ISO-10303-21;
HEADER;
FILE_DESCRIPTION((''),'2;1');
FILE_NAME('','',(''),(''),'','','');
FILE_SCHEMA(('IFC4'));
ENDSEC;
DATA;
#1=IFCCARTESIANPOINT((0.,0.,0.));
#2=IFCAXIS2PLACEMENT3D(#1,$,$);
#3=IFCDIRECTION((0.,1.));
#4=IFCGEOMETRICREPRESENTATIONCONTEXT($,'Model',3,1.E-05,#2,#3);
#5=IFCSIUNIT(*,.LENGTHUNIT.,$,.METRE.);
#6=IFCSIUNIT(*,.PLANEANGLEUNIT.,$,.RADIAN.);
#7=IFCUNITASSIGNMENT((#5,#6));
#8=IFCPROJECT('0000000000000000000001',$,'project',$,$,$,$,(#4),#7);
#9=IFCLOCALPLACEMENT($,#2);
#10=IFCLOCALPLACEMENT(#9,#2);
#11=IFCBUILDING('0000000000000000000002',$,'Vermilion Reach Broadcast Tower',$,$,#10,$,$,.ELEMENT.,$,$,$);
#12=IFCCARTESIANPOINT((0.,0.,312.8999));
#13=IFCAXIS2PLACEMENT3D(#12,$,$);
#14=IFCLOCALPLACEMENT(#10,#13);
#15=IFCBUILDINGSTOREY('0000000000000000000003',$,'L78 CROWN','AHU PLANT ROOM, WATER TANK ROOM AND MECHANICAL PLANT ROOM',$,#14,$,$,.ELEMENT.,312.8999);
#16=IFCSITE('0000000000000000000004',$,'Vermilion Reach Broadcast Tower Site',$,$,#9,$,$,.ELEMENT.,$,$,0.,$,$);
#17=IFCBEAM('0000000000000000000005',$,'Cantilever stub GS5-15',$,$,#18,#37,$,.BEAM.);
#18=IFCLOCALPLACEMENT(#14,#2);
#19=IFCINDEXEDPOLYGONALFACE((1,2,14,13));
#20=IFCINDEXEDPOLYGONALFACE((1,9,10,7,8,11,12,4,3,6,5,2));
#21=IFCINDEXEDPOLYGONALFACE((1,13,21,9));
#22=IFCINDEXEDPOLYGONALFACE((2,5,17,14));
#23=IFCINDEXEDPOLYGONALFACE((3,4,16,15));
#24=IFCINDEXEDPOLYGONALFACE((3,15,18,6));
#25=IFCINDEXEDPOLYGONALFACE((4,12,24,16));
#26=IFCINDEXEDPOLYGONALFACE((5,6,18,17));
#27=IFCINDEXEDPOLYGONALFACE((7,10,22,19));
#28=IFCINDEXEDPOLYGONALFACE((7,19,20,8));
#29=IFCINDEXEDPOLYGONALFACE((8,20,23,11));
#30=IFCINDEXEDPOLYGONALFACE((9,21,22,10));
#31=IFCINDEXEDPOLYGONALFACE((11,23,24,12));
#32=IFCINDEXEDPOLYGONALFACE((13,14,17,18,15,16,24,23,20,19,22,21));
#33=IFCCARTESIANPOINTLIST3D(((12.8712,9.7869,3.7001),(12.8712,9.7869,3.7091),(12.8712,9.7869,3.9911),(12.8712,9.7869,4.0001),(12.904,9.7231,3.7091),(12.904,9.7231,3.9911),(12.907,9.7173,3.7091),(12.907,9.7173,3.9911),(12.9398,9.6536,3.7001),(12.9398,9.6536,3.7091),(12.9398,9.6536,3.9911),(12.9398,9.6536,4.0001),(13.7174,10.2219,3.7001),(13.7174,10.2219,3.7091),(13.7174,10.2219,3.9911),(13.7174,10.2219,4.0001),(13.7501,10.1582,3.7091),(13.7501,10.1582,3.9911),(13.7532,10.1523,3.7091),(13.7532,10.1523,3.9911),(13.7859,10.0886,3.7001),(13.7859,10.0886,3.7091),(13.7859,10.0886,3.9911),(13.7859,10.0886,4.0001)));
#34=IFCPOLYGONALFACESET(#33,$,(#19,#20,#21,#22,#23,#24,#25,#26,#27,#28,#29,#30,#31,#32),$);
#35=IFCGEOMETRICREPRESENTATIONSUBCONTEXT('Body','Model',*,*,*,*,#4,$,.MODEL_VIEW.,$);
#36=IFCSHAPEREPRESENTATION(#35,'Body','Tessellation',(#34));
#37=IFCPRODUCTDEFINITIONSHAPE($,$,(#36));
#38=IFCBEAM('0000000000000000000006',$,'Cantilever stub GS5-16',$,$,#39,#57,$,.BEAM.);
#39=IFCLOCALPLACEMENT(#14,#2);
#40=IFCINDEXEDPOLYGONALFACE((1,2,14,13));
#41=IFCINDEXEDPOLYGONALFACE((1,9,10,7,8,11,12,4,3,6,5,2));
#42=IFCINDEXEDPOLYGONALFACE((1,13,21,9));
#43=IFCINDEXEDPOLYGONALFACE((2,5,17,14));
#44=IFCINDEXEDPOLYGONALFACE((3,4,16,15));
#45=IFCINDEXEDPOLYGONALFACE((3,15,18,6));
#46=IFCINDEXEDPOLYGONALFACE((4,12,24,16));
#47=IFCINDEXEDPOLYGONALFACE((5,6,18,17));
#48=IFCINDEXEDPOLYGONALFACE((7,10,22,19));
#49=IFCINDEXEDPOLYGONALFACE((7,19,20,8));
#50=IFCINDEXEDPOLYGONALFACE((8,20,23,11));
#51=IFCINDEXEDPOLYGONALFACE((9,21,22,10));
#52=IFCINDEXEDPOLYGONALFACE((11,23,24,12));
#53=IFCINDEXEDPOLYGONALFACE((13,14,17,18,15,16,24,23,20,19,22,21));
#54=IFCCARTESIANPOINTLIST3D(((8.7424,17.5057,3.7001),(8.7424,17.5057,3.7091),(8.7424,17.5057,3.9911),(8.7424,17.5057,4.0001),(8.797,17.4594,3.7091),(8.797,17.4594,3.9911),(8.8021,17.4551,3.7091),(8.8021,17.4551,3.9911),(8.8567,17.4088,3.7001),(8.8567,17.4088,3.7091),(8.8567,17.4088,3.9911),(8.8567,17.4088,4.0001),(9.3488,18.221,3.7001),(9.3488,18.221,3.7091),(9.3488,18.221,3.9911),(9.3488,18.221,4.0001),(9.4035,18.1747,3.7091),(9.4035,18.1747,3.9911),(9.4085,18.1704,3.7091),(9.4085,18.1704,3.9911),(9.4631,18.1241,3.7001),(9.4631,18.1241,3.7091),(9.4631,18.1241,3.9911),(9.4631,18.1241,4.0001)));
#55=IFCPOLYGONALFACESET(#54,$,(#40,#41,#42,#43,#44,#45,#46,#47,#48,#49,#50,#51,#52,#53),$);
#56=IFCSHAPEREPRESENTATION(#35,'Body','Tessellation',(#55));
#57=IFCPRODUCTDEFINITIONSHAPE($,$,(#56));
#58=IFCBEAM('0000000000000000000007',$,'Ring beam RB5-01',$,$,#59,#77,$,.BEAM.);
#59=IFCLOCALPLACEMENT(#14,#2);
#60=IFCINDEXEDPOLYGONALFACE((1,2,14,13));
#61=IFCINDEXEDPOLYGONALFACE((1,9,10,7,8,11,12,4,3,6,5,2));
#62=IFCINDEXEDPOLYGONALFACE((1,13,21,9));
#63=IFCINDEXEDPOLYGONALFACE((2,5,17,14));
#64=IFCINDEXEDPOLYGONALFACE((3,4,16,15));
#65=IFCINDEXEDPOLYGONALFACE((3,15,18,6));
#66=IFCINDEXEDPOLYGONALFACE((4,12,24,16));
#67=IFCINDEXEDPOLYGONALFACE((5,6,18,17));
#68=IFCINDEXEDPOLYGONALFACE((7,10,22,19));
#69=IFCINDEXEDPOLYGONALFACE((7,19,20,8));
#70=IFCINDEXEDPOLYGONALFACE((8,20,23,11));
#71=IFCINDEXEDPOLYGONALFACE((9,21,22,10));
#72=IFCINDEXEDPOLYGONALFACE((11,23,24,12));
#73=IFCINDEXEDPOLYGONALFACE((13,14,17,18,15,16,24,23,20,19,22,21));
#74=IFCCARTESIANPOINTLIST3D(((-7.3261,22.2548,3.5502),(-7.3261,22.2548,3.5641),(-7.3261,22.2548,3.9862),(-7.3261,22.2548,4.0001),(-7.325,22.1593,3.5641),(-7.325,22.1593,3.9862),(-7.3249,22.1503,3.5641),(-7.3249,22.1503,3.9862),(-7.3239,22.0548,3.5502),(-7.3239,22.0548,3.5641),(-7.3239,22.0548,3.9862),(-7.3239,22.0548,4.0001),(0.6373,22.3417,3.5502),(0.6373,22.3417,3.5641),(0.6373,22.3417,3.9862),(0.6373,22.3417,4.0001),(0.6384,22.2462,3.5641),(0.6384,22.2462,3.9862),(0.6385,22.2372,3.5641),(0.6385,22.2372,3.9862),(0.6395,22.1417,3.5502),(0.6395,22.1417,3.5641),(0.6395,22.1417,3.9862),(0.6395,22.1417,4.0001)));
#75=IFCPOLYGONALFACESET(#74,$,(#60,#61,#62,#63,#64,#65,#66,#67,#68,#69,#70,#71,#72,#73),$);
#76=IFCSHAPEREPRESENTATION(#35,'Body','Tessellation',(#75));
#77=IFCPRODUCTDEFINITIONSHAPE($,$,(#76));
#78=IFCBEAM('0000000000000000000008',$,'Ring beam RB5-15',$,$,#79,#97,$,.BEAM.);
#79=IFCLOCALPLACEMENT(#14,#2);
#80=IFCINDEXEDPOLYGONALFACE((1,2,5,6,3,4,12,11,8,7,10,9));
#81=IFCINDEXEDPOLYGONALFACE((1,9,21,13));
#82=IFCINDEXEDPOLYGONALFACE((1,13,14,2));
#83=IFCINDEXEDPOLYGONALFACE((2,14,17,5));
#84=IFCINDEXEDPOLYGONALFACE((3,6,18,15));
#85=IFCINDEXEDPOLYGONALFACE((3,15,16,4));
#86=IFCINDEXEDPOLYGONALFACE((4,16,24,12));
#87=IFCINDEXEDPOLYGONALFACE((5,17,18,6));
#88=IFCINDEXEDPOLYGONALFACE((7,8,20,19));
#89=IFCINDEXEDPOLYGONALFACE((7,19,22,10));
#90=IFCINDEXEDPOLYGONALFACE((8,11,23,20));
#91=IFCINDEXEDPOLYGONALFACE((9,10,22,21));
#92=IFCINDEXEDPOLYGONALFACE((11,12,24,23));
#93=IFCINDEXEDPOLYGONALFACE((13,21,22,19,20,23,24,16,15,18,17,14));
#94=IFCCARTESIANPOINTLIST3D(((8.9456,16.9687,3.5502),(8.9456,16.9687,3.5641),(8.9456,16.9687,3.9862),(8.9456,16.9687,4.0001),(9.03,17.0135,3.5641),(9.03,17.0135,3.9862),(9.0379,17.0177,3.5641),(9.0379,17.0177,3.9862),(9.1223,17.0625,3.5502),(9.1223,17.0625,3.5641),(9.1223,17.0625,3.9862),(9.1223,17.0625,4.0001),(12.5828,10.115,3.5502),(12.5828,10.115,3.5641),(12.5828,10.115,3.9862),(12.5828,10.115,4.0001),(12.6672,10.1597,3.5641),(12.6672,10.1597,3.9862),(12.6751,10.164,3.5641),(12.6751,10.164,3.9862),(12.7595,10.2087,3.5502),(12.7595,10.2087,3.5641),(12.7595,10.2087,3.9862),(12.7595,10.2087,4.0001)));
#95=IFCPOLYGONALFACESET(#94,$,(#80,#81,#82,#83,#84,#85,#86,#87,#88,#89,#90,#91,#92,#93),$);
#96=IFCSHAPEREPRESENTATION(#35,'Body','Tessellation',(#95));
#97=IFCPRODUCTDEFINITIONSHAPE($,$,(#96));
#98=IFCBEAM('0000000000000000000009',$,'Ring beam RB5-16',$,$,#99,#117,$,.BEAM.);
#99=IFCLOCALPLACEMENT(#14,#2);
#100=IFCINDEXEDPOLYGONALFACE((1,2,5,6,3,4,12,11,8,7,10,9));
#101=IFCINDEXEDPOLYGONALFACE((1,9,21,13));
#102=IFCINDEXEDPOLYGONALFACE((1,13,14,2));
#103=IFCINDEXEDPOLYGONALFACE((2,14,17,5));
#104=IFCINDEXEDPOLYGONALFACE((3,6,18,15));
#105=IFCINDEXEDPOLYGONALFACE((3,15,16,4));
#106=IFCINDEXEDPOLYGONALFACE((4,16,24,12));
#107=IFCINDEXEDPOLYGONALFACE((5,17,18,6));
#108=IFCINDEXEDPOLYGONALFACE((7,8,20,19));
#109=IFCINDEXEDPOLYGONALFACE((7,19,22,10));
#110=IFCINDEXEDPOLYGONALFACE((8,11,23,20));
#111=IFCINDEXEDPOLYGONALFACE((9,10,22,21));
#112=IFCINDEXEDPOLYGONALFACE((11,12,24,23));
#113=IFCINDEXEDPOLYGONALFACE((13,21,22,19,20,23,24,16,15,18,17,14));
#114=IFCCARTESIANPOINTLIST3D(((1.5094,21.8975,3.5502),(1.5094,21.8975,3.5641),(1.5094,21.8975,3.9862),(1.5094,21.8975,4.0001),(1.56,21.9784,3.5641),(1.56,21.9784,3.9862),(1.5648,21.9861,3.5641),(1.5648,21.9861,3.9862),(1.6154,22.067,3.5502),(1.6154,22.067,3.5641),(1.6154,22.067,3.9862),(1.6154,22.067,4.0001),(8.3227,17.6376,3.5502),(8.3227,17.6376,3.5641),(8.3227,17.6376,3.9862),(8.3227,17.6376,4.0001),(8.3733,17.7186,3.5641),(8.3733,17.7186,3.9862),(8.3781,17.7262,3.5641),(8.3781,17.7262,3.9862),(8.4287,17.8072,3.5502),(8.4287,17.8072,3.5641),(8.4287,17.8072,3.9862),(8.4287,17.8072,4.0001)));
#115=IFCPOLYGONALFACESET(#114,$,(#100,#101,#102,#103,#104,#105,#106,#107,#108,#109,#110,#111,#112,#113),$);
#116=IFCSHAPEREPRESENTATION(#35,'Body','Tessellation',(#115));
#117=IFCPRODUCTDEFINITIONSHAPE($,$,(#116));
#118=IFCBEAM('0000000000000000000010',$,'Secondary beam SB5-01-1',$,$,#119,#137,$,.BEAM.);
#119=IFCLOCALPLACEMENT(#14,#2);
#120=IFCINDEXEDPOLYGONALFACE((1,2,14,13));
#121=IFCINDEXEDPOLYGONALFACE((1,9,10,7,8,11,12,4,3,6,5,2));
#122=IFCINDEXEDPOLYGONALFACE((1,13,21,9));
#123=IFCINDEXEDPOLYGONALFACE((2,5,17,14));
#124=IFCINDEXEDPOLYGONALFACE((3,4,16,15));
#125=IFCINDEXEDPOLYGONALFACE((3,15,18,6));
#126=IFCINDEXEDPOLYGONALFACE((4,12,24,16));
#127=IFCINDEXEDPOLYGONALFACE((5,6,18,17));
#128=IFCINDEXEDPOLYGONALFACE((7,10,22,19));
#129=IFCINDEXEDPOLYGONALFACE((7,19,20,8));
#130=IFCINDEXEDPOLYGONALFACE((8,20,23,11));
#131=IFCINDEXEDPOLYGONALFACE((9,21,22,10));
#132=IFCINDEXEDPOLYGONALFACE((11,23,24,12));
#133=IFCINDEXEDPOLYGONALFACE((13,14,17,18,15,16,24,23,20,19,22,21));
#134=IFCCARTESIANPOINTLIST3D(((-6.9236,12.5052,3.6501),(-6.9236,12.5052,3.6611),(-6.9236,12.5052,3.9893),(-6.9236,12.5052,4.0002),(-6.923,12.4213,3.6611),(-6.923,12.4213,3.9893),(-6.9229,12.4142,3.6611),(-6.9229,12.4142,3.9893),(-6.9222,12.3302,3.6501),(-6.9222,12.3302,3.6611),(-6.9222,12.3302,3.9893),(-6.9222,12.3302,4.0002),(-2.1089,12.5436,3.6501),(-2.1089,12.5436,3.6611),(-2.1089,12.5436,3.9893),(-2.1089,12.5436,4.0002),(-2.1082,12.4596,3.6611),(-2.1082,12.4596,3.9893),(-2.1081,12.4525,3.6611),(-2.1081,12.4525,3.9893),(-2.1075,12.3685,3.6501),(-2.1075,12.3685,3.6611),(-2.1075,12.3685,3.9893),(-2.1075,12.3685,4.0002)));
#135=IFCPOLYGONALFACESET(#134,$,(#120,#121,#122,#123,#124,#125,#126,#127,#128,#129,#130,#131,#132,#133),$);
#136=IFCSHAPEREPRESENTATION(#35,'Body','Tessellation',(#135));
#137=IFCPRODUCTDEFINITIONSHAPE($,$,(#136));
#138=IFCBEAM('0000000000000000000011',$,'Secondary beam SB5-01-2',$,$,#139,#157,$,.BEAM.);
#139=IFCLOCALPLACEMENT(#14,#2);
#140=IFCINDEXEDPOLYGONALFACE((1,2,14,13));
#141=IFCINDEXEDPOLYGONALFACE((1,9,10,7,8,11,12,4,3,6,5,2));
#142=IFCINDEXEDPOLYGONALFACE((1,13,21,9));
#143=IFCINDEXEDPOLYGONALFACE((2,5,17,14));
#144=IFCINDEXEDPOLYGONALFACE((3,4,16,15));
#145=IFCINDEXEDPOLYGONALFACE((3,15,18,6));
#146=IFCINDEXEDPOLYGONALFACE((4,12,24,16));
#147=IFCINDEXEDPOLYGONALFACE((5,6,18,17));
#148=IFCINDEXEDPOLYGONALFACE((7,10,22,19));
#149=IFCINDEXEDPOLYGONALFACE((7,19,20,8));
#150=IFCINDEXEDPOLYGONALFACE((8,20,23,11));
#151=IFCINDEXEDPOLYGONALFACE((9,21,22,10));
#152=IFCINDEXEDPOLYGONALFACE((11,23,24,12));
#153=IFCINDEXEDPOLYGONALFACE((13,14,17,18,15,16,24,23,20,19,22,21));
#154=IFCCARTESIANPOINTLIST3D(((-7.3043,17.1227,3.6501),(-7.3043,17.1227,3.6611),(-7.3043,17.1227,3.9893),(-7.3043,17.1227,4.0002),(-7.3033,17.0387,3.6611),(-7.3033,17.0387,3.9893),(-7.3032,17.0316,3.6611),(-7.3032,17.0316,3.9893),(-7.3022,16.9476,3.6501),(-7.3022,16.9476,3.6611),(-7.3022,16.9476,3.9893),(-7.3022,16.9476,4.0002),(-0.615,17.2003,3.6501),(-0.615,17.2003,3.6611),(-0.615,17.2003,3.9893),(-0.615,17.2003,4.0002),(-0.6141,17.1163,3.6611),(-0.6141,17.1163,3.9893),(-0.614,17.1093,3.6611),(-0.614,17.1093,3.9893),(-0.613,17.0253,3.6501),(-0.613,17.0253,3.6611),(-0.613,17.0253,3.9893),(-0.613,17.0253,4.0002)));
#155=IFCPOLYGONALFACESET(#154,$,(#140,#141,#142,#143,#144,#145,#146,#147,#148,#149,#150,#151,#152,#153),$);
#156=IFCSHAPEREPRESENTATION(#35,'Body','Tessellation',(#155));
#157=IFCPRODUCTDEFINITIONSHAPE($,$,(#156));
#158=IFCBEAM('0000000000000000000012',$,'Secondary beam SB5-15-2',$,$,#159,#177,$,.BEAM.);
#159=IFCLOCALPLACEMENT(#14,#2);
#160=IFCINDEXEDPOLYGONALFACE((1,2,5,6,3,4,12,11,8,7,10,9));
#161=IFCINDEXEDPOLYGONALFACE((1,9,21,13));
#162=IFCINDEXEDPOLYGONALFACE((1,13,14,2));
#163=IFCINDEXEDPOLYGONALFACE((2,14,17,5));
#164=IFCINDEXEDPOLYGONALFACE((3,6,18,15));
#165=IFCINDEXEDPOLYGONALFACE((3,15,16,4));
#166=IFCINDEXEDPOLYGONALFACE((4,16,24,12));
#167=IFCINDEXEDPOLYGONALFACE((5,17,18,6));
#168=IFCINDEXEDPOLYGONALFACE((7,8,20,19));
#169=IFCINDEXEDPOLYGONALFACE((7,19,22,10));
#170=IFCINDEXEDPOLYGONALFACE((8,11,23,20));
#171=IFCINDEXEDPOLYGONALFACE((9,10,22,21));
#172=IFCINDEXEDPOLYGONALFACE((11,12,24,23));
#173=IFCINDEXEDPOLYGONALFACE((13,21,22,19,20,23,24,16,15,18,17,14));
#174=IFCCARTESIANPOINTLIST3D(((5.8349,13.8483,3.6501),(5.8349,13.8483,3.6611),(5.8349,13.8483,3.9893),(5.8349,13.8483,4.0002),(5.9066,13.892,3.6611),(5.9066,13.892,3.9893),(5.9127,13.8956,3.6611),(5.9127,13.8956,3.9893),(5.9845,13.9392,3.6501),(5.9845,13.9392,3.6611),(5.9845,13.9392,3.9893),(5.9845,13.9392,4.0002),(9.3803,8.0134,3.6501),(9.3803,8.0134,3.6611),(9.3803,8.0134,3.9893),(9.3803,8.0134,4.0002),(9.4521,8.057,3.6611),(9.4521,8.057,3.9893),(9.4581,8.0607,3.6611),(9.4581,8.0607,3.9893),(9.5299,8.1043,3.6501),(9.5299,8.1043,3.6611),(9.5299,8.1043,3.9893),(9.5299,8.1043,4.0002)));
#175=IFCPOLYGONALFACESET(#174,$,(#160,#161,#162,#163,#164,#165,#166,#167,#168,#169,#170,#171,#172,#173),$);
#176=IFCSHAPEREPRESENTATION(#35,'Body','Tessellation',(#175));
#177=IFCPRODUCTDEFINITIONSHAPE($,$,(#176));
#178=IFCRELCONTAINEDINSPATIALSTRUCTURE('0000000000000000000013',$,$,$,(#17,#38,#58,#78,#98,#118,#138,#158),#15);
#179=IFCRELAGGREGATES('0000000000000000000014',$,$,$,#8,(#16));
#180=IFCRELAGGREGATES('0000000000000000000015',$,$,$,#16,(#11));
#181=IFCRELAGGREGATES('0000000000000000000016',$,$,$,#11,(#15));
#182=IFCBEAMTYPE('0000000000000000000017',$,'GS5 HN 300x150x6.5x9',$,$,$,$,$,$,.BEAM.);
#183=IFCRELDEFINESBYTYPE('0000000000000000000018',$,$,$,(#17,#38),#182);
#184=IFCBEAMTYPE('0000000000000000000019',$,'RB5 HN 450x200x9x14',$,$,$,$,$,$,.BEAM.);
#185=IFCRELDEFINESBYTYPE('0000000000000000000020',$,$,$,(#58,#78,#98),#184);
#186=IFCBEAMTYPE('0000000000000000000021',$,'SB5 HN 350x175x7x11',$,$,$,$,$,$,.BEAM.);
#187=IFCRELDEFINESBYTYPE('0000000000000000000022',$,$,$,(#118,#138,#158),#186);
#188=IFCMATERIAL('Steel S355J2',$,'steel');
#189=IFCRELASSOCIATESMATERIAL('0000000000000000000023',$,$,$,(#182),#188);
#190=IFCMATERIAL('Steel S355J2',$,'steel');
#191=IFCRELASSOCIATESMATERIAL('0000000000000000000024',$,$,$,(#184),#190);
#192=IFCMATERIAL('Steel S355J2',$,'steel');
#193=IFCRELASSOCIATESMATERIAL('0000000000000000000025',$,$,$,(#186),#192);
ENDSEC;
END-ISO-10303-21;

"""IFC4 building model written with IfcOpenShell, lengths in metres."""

from ifc_helpers import new_model, si_unit, direction, frame, origin, origin_2d, place, context, subcontext, project, spatial, i_section, extrude, material, material_profile, profile_set, type_object, element, save


model = new_model("IFC4")

# Units and contexts
model_context = context("Model", 3, precision=1e-05, world=origin(), true_north=direction((0.0, 1.0)))
body_context = subcontext(model_context, "Body", "Model", "MODEL_VIEW")
ifc_project = project(units=[si_unit("LENGTHUNIT", "METRE"), si_unit("PLANEANGLEUNIT", "RADIAN")], contexts=[model_context])

# Site, building, storey
site_placement = place(None, origin())
site = spatial("IfcSite", under=ifc_project, at=site_placement, Name="Vermilion Reach Broadcast Tower Site", CompositionType="ELEMENT", RefElevation=0.0)
building_placement = place(site_placement, origin())
building = spatial("IfcBuilding", under=site, at=building_placement, Name="Vermilion Reach Broadcast Tower", CompositionType="ELEMENT")
storey_placement = place(building_placement, frame((0.0, 0.0, 312.8999)))
storey = spatial("IfcBuildingStorey", under=building, at=storey_placement, Name="L78 CROWN", Description="AHU PLANT ROOM, WATER TANK ROOM AND MECHANICAL PLANT ROOM", CompositionType="ELEMENT", Elevation=312.8999)

# Beams
ifc_material_1 = material(Name="Steel S355J2", Category="steel")
ifc_material_profile_1 = material_profile(ifc_material_1, i_section(OverallWidth=0.1499, OverallDepth=0.3, WebThickness=0.0066, FlangeThickness=0.009, at=origin_2d()), Name="S355J2 HN 300x150x6.5x9")
ifc_profile_set_1 = profile_set([ifc_material_profile_1], Name="Steel S355J2")
beam_type_1 = type_object("IfcBeamType", Name="GS5 HN 300x150x6.5x9", PredefinedType="BEAM", material=ifc_profile_set_1)
beam_1_placement = place(storey_placement, frame((12.9055, 9.7202, 3.8501), z_axis=(0.889341, 0.457244, 0.0), x_axis=(-0.457244, 0.889341, 0.0)))
element("IfcBeam", 1, at=beam_1_placement, inside=storey, type_object=beam_type_1, Name="Cantilever stub GS5-15", PredefinedType="BEAM", context=body_context, shape_type="SweptSolid", body=[
    extrude(i_section(OverallWidth=0.1499, OverallDepth=0.3, WebThickness=0.0066, FlangeThickness=0.009, at=origin_2d()), origin(), (0.0, 0.0, 1.0), 0.9514),
])
beam_2_placement = place(storey_placement, frame((8.7996, 17.4573, 3.8501), z_axis=(0.646665, 0.762774, 0.0), x_axis=(-0.762774, 0.646665, 0.0)))
element("IfcBeam", 2, at=beam_2_placement, inside=storey, type_object=beam_type_1, Name="Cantilever stub GS5-16", PredefinedType="BEAM", context=body_context, shape_type="SweptSolid", body=[
    extrude(i_section(OverallWidth=0.1499, OverallDepth=0.3, WebThickness=0.0066, FlangeThickness=0.009, at=origin_2d()), origin(), (0.0, 0.0, 1.0), 0.9377),
])
ifc_material_2 = material(Name="Steel S355J2", Category="steel")
ifc_material_profile_2 = material_profile(ifc_material_2, i_section(OverallWidth=0.2, OverallDepth=0.45, WebThickness=0.009, FlangeThickness=0.0139, at=origin_2d()), Name="S355J2 HN 450x200x9x14")
ifc_profile_set_2 = profile_set([ifc_material_profile_2], Name="Steel S355J2")
beam_type_2 = type_object("IfcBeamType", Name="RB5 HN 450x200x9x14", PredefinedType="BEAM", material=ifc_profile_set_2)
beam_3_placement = place(storey_placement, frame((0.6384, 22.2417, 3.7751), z_axis=(-0.99994, -0.010914, 0.0), x_axis=(0.010914, -0.99994, 0.0)))
element("IfcBeam", 3, at=beam_3_placement, inside=storey, type_object=beam_type_2, Name="Ring beam RB5-01", PredefinedType="BEAM", context=body_context, shape_type="SweptSolid", body=[
    extrude(i_section(OverallWidth=0.2, OverallDepth=0.45, WebThickness=0.009, FlangeThickness=0.0139, at=origin_2d()), origin(), (0.0, 0.0, 1.0), 7.9639),
])
beam_4_placement = place(storey_placement, frame((12.6711, 10.1619, 3.7751), z_axis=(-0.468768, 0.883321, 0.0), x_axis=(-0.883321, -0.468768, 0.0)))
element("IfcBeam", 4, at=beam_4_placement, inside=storey, type_object=beam_type_2, Name="Ring beam RB5-15", PredefinedType="BEAM", context=body_context, shape_type="SweptSolid", body=[
    extrude(i_section(OverallWidth=0.2, OverallDepth=0.45, WebThickness=0.009, FlangeThickness=0.0139, at=origin_2d()), origin(), (0.0, 0.0, 1.0), 7.759),
])
beam_5_placement = place(storey_placement, frame((8.3757, 17.7224, 3.7751), z_axis=(-0.847915, 0.530133, 0.0), x_axis=(-0.530133, -0.847915, 0.0)))
element("IfcBeam", 5, at=beam_5_placement, inside=storey, type_object=beam_type_2, Name="Ring beam RB5-16", PredefinedType="BEAM", context=body_context, shape_type="SweptSolid", body=[
    extrude(i_section(OverallWidth=0.2, OverallDepth=0.45, WebThickness=0.009, FlangeThickness=0.0139, at=origin_2d()), origin(), (0.0, 0.0, 1.0), 8.0354),
])
ifc_material_3 = material(Name="Steel S355J2", Category="steel")
ifc_material_profile_3 = material_profile(ifc_material_3, i_section(OverallWidth=0.175, OverallDepth=0.3501, WebThickness=0.0071, FlangeThickness=0.011, at=origin_2d()), Name="S355J2 HN 350x175x7x11")
ifc_profile_set_3 = profile_set([ifc_material_profile_3], Name="Steel S355J2")
beam_type_3 = type_object("IfcBeamType", Name="SB5 HN 350x175x7x11", PredefinedType="BEAM", material=ifc_profile_set_3)
beam_6_placement = place(storey_placement, frame((-2.1082, 12.4561, 3.8252), z_axis=(-0.999968, -0.007961, 0.0), x_axis=(0.007961, -0.999968, 0.0)))
element("IfcBeam", 6, at=beam_6_placement, inside=storey, type_object=beam_type_3, Name="Secondary beam SB5-01-1", PredefinedType="BEAM", context=body_context, shape_type="SweptSolid", body=[
    extrude(i_section(OverallWidth=0.175, OverallDepth=0.3501, WebThickness=0.0071, FlangeThickness=0.011, at=origin_2d()), origin(), (0.0, 0.0, 1.0), 4.8149),
])
beam_7_placement = place(storey_placement, frame((-0.614, 17.1128, 3.8252), z_axis=(-0.999933, -0.011605, 0.0), x_axis=(0.011605, -0.999933, 0.0)))
element("IfcBeam", 7, at=beam_7_placement, inside=storey, type_object=beam_type_3, Name="Secondary beam SB5-01-2", PredefinedType="BEAM", context=body_context, shape_type="SweptSolid", body=[
    extrude(i_section(OverallWidth=0.175, OverallDepth=0.3501, WebThickness=0.0071, FlangeThickness=0.011, at=origin_2d()), origin(), (0.0, 0.0, 1.0), 6.6897),
])
beam_8_placement = place(storey_placement, frame((9.4551, 8.0588, 3.8252), z_axis=(-0.519273, 0.854608, 0.0), x_axis=(-0.854608, -0.519273, 0.0)))
element("IfcBeam", 8, at=beam_8_placement, inside=storey, type_object=beam_type_3, Name="Secondary beam SB5-15-2", PredefinedType="BEAM", context=body_context, shape_type="SweptSolid", body=[
    extrude(i_section(OverallWidth=0.175, OverallDepth=0.3501, WebThickness=0.0071, FlangeThickness=0.011, at=origin_2d()), origin(), (0.0, 0.0, 1.0), 6.8276),
])

save(model, "model.ifc")
